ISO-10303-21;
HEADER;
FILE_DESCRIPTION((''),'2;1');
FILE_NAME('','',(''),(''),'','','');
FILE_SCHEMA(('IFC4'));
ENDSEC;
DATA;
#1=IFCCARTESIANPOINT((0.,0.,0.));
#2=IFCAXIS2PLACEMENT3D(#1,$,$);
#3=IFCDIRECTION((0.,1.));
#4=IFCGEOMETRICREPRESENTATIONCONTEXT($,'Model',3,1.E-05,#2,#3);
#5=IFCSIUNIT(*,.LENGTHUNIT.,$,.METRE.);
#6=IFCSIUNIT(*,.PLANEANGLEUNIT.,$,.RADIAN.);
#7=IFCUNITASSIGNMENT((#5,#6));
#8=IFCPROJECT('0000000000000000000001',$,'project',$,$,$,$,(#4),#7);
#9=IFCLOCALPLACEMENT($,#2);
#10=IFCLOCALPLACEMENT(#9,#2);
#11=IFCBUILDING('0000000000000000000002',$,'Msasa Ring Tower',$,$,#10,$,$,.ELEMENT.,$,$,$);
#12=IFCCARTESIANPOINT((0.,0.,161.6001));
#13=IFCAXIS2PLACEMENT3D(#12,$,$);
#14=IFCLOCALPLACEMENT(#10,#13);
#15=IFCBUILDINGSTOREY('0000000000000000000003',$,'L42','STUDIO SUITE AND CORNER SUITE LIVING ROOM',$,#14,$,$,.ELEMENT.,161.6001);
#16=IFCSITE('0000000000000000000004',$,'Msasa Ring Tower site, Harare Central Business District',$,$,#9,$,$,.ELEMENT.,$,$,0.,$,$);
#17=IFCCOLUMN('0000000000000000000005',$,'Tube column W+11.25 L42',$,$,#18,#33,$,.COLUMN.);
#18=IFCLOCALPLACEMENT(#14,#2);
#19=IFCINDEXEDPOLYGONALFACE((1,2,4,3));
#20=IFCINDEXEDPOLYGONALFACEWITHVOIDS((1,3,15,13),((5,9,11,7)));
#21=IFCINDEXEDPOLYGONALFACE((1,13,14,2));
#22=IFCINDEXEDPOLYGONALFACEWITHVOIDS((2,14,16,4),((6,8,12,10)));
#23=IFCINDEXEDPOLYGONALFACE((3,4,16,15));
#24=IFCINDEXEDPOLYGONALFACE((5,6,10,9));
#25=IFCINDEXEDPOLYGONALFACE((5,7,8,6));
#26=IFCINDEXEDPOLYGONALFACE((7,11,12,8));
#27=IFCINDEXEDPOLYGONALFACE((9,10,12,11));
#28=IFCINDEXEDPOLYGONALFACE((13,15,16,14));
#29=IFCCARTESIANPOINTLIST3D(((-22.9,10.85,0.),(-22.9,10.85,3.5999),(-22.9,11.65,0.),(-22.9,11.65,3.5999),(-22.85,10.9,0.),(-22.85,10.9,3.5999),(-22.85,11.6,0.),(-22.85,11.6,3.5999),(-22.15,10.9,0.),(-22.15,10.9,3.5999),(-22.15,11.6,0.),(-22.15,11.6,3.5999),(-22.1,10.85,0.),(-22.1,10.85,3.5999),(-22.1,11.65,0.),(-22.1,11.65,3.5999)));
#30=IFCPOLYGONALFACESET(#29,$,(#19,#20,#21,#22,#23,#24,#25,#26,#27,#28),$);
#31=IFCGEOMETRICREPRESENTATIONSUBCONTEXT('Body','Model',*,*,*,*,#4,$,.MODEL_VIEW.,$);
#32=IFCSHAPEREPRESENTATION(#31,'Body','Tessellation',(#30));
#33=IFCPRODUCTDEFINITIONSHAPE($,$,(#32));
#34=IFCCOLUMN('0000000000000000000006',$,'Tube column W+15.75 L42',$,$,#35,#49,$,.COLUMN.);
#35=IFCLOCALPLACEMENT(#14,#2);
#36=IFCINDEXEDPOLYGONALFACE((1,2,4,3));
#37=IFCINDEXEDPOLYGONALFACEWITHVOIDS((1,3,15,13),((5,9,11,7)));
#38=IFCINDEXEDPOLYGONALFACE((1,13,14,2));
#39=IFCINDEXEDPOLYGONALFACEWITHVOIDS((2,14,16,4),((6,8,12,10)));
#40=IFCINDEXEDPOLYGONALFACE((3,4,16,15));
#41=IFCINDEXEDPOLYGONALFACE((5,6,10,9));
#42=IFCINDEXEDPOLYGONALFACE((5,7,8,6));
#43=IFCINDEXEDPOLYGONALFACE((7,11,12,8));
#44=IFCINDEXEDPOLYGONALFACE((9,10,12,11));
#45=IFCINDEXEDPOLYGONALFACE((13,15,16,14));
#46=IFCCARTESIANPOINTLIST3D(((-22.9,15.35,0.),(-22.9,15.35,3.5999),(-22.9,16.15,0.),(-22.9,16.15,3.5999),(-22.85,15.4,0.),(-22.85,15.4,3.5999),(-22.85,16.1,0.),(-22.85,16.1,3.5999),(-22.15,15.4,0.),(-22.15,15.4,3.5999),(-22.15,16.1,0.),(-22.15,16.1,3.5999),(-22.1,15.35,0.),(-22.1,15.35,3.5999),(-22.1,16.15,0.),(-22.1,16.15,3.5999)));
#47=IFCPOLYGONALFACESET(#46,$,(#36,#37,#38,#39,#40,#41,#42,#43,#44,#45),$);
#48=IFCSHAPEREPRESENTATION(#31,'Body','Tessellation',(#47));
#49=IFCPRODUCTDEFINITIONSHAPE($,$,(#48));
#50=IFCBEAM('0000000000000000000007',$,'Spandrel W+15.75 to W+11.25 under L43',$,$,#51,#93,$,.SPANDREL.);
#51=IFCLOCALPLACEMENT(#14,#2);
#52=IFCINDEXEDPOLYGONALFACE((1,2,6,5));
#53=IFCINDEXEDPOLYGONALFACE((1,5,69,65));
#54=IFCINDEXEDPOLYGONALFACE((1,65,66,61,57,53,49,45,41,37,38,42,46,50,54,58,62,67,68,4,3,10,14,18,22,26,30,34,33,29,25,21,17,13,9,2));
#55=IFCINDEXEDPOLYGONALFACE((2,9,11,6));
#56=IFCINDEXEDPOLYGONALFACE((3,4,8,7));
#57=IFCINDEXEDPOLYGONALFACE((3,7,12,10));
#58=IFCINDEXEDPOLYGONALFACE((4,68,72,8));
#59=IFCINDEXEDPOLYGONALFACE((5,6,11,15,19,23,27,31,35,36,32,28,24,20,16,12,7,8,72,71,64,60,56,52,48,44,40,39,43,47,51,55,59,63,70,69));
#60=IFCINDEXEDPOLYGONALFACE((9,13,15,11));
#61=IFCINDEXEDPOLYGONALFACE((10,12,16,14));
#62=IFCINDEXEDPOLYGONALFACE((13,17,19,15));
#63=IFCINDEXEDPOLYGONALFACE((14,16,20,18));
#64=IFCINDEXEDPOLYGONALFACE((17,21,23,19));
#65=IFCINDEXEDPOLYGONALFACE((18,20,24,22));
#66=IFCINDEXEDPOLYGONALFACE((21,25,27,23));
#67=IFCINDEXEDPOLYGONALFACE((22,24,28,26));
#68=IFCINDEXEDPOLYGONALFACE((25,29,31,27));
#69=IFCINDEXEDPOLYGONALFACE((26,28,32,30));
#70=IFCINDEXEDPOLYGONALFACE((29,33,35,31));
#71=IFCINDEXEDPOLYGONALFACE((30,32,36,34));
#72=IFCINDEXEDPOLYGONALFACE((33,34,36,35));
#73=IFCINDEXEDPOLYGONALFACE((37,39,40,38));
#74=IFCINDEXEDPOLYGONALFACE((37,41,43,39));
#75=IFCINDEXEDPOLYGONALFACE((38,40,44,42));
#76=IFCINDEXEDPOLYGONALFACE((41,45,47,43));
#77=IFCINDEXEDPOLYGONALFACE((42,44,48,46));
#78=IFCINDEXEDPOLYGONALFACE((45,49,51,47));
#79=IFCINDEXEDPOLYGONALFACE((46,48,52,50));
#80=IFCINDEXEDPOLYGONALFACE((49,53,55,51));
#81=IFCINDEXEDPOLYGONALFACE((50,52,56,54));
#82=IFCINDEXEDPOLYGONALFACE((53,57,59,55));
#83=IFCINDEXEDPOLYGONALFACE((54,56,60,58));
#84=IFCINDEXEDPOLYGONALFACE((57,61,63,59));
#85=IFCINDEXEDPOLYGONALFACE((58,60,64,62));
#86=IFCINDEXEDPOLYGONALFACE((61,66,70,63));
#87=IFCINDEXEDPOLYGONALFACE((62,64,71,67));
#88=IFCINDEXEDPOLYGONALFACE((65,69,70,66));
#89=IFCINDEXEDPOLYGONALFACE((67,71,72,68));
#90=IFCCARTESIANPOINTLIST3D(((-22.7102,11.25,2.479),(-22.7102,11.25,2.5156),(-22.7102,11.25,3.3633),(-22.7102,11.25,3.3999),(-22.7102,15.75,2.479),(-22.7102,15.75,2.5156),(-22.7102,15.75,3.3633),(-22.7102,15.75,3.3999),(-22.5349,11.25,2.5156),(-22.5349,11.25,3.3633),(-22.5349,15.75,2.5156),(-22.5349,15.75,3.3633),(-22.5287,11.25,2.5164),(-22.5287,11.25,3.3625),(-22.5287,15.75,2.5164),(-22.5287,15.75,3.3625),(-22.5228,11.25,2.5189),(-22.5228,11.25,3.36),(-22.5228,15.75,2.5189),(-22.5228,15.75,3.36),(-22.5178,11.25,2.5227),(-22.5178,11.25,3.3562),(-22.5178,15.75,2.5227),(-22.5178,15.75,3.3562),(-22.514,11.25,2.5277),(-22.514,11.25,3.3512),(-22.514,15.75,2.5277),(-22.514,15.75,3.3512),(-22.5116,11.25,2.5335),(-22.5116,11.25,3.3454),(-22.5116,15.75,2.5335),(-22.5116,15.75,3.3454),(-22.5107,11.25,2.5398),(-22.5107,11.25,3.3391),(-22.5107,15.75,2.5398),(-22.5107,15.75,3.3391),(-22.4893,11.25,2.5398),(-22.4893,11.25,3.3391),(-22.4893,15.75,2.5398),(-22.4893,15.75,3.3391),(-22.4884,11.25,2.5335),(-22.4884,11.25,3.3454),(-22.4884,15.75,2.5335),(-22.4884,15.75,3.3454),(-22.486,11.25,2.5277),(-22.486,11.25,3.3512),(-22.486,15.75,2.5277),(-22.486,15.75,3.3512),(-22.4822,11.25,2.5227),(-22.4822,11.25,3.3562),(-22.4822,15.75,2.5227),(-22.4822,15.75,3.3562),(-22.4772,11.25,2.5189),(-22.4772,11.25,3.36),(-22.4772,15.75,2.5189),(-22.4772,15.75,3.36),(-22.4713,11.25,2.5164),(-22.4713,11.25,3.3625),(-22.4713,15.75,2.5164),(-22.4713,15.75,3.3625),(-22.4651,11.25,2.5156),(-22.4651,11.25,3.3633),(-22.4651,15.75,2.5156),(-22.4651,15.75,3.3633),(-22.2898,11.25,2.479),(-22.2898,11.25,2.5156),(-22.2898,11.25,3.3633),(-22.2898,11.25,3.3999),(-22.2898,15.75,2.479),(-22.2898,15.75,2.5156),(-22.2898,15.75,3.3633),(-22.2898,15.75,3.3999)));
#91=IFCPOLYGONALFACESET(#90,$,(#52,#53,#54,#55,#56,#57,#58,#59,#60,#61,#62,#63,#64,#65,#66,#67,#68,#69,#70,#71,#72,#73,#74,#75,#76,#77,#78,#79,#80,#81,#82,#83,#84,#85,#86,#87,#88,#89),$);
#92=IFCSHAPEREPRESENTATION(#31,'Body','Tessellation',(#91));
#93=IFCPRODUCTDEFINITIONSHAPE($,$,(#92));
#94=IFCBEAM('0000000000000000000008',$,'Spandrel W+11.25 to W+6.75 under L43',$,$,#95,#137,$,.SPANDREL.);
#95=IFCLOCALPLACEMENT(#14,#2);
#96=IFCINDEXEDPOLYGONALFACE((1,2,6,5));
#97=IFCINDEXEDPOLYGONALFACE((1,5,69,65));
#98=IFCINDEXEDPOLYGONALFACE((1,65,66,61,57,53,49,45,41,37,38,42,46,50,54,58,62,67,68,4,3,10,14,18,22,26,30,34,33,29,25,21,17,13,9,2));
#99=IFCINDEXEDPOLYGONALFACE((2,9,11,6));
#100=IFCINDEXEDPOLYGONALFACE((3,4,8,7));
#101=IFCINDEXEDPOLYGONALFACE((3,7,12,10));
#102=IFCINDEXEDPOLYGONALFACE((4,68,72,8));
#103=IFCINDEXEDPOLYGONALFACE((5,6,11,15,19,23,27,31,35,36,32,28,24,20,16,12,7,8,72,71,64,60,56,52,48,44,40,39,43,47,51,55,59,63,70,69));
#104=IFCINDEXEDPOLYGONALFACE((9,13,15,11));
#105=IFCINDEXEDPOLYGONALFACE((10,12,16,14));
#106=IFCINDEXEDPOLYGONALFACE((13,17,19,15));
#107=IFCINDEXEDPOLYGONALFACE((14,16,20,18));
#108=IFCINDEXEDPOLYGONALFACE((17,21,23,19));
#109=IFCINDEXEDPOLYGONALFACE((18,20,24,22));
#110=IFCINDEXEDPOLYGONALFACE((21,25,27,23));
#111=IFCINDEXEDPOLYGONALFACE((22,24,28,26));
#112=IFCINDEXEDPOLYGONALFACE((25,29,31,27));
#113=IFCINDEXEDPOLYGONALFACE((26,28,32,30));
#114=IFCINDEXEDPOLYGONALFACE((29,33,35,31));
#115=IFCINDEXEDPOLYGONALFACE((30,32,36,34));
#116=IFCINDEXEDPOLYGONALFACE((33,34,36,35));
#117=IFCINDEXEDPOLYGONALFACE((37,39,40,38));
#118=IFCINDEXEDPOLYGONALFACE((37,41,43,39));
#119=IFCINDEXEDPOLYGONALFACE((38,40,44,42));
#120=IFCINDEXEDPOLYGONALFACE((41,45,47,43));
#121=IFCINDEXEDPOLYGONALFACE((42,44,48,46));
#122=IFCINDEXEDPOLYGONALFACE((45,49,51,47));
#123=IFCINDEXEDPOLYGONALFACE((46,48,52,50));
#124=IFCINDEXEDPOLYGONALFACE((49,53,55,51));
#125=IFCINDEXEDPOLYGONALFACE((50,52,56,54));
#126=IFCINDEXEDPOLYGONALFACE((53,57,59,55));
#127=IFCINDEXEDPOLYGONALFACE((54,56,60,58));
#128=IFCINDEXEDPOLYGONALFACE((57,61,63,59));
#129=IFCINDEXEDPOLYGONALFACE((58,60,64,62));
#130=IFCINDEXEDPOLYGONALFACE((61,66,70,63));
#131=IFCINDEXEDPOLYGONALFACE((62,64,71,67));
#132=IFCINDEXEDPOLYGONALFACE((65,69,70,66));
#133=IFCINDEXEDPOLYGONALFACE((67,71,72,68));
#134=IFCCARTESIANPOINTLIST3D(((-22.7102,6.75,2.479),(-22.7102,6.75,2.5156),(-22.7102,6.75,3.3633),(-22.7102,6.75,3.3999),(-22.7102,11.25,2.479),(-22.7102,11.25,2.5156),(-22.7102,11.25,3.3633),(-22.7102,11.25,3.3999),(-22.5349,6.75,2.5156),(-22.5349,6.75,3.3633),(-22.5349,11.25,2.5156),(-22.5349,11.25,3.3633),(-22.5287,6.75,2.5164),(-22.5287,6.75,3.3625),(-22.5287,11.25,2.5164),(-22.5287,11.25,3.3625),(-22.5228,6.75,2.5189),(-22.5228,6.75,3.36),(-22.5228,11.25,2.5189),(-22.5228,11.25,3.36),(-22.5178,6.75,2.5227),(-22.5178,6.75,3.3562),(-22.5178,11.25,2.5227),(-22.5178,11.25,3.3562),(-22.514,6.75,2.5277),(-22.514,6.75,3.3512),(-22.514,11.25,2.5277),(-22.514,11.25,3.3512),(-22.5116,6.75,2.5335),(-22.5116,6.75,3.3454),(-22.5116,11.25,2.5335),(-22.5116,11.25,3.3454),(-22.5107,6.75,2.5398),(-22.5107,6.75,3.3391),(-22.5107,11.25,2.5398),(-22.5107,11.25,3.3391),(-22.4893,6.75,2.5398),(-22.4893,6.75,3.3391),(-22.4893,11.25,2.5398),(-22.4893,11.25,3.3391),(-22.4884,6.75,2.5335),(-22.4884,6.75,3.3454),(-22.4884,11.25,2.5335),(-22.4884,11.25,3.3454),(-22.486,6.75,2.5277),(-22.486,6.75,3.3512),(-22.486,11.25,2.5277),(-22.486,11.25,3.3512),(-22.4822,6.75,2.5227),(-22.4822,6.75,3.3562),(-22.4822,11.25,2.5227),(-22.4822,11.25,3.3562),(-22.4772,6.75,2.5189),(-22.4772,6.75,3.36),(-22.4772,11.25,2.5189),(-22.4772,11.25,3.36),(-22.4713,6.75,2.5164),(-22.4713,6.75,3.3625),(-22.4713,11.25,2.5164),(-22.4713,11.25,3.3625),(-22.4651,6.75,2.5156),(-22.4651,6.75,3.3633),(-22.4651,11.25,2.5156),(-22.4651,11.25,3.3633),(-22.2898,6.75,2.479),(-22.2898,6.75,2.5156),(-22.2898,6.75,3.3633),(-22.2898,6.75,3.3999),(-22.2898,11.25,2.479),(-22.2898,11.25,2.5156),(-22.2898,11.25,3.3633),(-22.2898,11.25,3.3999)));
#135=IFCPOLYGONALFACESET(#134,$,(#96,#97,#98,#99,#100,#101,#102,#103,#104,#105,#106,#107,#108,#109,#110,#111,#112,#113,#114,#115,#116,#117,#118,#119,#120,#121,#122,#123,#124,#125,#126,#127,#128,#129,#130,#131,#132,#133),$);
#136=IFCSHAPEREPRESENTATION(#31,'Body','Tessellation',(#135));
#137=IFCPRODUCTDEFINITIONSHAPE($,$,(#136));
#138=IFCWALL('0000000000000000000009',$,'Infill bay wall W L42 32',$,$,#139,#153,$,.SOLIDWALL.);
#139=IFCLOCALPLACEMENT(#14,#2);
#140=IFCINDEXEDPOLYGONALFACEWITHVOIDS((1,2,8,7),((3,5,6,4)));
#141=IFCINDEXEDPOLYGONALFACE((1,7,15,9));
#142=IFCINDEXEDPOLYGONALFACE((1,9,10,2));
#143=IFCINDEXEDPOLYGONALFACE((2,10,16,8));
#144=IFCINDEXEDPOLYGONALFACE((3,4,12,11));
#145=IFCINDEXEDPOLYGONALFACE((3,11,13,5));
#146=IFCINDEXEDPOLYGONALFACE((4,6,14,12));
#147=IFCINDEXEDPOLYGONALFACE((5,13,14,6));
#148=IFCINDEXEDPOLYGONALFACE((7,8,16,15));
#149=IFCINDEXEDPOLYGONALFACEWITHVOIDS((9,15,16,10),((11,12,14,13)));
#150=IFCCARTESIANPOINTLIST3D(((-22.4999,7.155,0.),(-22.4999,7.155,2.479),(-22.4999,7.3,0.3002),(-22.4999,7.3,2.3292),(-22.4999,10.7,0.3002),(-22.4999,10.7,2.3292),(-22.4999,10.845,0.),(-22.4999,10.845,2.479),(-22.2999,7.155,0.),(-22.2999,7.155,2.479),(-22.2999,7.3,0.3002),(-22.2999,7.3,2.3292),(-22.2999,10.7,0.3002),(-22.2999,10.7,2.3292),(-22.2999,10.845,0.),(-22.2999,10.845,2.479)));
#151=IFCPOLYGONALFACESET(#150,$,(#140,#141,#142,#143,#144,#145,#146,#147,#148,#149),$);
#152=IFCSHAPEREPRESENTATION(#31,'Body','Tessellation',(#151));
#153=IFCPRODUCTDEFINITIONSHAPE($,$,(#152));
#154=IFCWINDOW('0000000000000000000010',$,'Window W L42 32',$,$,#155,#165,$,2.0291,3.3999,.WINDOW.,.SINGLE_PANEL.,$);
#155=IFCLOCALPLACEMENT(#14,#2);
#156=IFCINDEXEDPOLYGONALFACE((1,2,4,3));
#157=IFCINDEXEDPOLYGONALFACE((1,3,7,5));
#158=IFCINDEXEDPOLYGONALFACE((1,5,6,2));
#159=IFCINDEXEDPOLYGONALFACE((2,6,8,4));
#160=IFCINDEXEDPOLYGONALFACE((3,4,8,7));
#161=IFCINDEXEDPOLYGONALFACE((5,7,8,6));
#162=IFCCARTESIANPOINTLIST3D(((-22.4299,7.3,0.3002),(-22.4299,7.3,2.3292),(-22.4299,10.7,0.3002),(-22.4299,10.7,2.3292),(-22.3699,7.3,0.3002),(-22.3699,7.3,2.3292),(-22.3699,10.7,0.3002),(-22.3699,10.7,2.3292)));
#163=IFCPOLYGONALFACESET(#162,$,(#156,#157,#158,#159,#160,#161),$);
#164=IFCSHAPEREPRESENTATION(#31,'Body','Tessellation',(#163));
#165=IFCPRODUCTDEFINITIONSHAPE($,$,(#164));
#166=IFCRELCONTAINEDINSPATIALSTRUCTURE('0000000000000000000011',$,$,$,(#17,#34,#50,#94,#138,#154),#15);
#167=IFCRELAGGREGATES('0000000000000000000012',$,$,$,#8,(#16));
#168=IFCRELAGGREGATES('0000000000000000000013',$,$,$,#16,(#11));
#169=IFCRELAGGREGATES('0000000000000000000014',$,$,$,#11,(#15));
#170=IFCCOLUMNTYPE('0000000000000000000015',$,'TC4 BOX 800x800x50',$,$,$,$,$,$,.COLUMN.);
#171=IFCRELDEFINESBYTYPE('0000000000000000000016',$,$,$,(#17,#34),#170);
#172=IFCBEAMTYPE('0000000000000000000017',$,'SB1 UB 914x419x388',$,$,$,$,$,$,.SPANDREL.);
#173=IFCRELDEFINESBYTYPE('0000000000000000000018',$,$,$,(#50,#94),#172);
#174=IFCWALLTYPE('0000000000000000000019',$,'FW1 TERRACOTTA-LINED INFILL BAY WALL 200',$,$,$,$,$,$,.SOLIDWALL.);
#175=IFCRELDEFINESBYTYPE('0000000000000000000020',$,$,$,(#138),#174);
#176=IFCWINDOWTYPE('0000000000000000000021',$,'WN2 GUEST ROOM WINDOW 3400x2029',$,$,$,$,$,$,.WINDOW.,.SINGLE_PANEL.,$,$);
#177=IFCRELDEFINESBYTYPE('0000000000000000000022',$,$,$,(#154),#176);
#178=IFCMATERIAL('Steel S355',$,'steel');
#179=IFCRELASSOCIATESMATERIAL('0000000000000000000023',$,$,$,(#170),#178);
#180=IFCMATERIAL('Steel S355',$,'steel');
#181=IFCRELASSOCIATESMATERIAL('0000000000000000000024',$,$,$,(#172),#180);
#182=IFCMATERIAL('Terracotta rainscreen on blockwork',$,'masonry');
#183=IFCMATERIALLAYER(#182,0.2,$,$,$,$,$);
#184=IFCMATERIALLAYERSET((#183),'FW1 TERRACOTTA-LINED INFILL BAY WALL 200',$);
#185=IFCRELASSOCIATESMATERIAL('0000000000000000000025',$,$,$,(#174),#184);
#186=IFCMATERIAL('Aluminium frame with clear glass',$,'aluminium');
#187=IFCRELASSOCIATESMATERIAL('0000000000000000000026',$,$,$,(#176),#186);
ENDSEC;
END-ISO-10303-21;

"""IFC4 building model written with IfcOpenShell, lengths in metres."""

from ifc_helpers import new_model, si_unit, direction, frame, frame_2d, origin, origin_2d, place, context, subcontext, project, spatial, rectangle, hollow_rectangle, i_section, extrude, material, layer, layer_set, material_profile, profile_set, type_object, element, fill, save


model = new_model("IFC4")

# Units and contexts
model_context = context("Model", 3, precision=1e-05, world=origin(), true_north=direction((0.0, 1.0)))
body_context = subcontext(model_context, "Body", "Model", "MODEL_VIEW")
ifc_project = project(units=[si_unit("LENGTHUNIT", "METRE"), si_unit("PLANEANGLEUNIT", "RADIAN")], contexts=[model_context])

# Site, building, storey
site_placement = place(None, origin())
site = spatial("IfcSite", under=ifc_project, at=site_placement, Name="Msasa Ring Tower site, Harare Central Business District", CompositionType="ELEMENT", RefElevation=0.0)
building_placement = place(site_placement, origin())
building = spatial("IfcBuilding", under=site, at=building_placement, Name="Msasa Ring Tower", CompositionType="ELEMENT")
storey_placement = place(building_placement, frame((0.0, 0.0, 161.6001)))
storey = spatial("IfcBuildingStorey", under=building, at=storey_placement, Name="L42", Description="STUDIO SUITE AND CORNER SUITE LIVING ROOM", CompositionType="ELEMENT", Elevation=161.6001)

# Columns
ifc_material_1 = material(Name="Steel S355", Category="steel")
ifc_material_profile_1 = material_profile(ifc_material_1, hollow_rectangle(XDim=0.8, YDim=0.8, WallThickness=0.05, at=origin_2d()), Name="BOX 800x800x50")
ifc_profile_set_1 = profile_set([ifc_material_profile_1], Name="Steel S355")
column_type = type_object("IfcColumnType", Name="TC4 BOX 800x800x50", PredefinedType="COLUMN", material=ifc_profile_set_1)
for number, where, z_axis, x_axis, name in (
    (1, (-22.5, 11.25, 0.0), (0.0, 0.0, 1.0), (1.0, 0.0, 0.0), "Tube column W+11.25 L42"),
    (2, (-22.5, 15.75, 0.0), (0.0, 0.0, 1.0), (1.0, 0.0, 0.0), "Tube column W+15.75 L42"),
):
    element("IfcColumn", number, at=place(storey_placement, frame(where, z_axis=z_axis, x_axis=x_axis)), inside=storey, type_object=column_type, Name=name, PredefinedType="COLUMN", context=body_context, shape_type="SweptSolid", body=[
        extrude(hollow_rectangle(XDim=0.8, YDim=0.8, WallThickness=0.05, at=origin_2d()), origin(), (0.0, 0.0, 1.0), 3.5999),
    ])

# Beams
ifc_material_2 = material(Name="Steel S355", Category="steel")
ifc_material_profile_2 = material_profile(ifc_material_2, i_section(OverallWidth=0.4204, OverallDepth=0.9209, WebThickness=0.0215, FlangeThickness=0.0366, FilletRadius=0.0242, at=origin_2d()), Name="UB 914x419x388")
ifc_profile_set_2 = profile_set([ifc_material_profile_2], Name="Steel S355")
beam_type = type_object("IfcBeamType", Name="SB1 UB 914x419x388", PredefinedType="SPANDREL", material=ifc_profile_set_2)
for number, where, z_axis, x_axis, name in (
    (3, (-22.5, 15.75, 2.9395), (0.0, -1.0, 0.0), (1.0, 0.0, 0.0), "Spandrel W+15.75 to W+11.25 under L43"),
    (4, (-22.5, 11.25, 2.9395), (0.0, -1.0, 0.0), (1.0, 0.0, 0.0), "Spandrel W+11.25 to W+6.75 under L43"),
):
    element("IfcBeam", number, at=place(storey_placement, frame(where, z_axis=z_axis, x_axis=x_axis)), inside=storey, type_object=beam_type, Name=name, PredefinedType="SPANDREL", context=body_context, shape_type="SweptSolid", body=[
        extrude(i_section(OverallWidth=0.4204, OverallDepth=0.9209, WebThickness=0.0215, FlangeThickness=0.0366, FilletRadius=0.0242, at=origin_2d()), origin(), (0.0, 0.0, 1.0), 4.5),
    ])

# Wall, opening, window
ifc_material_3 = material(Name="Terracotta rainscreen on blockwork", Category="masonry")
ifc_layer_1 = layer(ifc_material_3, 0.2)
ifc_layer_set_1 = layer_set([ifc_layer_1], Name="FW1 TERRACOTTA-LINED INFILL BAY WALL 200")
wall_type_1 = type_object("IfcWallType", Name="FW1 TERRACOTTA-LINED INFILL BAY WALL 200", PredefinedType="SOLIDWALL", material=ifc_layer_set_1)
wall_1_placement = place(storey_placement, frame((-22.3999, 7.155, 0.0), z_axis=(0.0, 0.0, 1.0), x_axis=(0.0, 1.0, 0.0)))
wall_1 = element("IfcWall", 5, at=wall_1_placement, inside=storey, type_object=wall_type_1, Name="Infill bay wall W L42 32", PredefinedType="SOLIDWALL", context=body_context, shape_type="SweptSolid", body=[
    extrude(rectangle(XDim=3.6899, YDim=0.2, at=frame_2d((1.845, 0.0))), origin(), (0.0, 0.0, 1.0), 2.479),
])
opening_1_placement = place(wall_1_placement, frame((0.145, 0.0, 0.3)))
opening_1 = element("IfcOpeningElement", 6, at=opening_1_placement, cuts=wall_1, PredefinedType="OPENING", context=body_context, shape_type="SweptSolid", body=[
    extrude(rectangle(XDim=3.3999, YDim=2.0291, at=frame_2d((1.7, 1.0146))), frame((0.0, 0.1099, 0.0), z_axis=(0.0, -1.0, 0.0), x_axis=(1.0, 0.0, 0.0)), (0.0, 0.0, 1.0), 0.22),
])
ifc_material_4 = material(Name="Aluminium frame with clear glass", Category="aluminium")
window_type = type_object("IfcWindowType", Name="WN2 GUEST ROOM WINDOW 3400x2029", PartitioningType="SINGLE_PANEL", PredefinedType="WINDOW", material=ifc_material_4)
window_1_placement = place(opening_1_placement, origin())
window_1 = element("IfcWindow", 7, at=window_1_placement, inside=storey, type_object=window_type, Name="Window W L42 32", OverallHeight=2.0291, OverallWidth=3.3999, PartitioningType="SINGLE_PANEL", PredefinedType="WINDOW", context=body_context, shape_type="SweptSolid", body=[
    extrude(rectangle(XDim=3.3999, YDim=2.0291, at=frame_2d((1.7, 1.0146))), frame((0.0, 0.03, 0.0), z_axis=(0.0, -1.0, 0.0), x_axis=(1.0, 0.0, 0.0)), (0.0, 0.0, 1.0), 0.0601),
])
fill(opening_1, window_1)

save(model, "model.ifc")
